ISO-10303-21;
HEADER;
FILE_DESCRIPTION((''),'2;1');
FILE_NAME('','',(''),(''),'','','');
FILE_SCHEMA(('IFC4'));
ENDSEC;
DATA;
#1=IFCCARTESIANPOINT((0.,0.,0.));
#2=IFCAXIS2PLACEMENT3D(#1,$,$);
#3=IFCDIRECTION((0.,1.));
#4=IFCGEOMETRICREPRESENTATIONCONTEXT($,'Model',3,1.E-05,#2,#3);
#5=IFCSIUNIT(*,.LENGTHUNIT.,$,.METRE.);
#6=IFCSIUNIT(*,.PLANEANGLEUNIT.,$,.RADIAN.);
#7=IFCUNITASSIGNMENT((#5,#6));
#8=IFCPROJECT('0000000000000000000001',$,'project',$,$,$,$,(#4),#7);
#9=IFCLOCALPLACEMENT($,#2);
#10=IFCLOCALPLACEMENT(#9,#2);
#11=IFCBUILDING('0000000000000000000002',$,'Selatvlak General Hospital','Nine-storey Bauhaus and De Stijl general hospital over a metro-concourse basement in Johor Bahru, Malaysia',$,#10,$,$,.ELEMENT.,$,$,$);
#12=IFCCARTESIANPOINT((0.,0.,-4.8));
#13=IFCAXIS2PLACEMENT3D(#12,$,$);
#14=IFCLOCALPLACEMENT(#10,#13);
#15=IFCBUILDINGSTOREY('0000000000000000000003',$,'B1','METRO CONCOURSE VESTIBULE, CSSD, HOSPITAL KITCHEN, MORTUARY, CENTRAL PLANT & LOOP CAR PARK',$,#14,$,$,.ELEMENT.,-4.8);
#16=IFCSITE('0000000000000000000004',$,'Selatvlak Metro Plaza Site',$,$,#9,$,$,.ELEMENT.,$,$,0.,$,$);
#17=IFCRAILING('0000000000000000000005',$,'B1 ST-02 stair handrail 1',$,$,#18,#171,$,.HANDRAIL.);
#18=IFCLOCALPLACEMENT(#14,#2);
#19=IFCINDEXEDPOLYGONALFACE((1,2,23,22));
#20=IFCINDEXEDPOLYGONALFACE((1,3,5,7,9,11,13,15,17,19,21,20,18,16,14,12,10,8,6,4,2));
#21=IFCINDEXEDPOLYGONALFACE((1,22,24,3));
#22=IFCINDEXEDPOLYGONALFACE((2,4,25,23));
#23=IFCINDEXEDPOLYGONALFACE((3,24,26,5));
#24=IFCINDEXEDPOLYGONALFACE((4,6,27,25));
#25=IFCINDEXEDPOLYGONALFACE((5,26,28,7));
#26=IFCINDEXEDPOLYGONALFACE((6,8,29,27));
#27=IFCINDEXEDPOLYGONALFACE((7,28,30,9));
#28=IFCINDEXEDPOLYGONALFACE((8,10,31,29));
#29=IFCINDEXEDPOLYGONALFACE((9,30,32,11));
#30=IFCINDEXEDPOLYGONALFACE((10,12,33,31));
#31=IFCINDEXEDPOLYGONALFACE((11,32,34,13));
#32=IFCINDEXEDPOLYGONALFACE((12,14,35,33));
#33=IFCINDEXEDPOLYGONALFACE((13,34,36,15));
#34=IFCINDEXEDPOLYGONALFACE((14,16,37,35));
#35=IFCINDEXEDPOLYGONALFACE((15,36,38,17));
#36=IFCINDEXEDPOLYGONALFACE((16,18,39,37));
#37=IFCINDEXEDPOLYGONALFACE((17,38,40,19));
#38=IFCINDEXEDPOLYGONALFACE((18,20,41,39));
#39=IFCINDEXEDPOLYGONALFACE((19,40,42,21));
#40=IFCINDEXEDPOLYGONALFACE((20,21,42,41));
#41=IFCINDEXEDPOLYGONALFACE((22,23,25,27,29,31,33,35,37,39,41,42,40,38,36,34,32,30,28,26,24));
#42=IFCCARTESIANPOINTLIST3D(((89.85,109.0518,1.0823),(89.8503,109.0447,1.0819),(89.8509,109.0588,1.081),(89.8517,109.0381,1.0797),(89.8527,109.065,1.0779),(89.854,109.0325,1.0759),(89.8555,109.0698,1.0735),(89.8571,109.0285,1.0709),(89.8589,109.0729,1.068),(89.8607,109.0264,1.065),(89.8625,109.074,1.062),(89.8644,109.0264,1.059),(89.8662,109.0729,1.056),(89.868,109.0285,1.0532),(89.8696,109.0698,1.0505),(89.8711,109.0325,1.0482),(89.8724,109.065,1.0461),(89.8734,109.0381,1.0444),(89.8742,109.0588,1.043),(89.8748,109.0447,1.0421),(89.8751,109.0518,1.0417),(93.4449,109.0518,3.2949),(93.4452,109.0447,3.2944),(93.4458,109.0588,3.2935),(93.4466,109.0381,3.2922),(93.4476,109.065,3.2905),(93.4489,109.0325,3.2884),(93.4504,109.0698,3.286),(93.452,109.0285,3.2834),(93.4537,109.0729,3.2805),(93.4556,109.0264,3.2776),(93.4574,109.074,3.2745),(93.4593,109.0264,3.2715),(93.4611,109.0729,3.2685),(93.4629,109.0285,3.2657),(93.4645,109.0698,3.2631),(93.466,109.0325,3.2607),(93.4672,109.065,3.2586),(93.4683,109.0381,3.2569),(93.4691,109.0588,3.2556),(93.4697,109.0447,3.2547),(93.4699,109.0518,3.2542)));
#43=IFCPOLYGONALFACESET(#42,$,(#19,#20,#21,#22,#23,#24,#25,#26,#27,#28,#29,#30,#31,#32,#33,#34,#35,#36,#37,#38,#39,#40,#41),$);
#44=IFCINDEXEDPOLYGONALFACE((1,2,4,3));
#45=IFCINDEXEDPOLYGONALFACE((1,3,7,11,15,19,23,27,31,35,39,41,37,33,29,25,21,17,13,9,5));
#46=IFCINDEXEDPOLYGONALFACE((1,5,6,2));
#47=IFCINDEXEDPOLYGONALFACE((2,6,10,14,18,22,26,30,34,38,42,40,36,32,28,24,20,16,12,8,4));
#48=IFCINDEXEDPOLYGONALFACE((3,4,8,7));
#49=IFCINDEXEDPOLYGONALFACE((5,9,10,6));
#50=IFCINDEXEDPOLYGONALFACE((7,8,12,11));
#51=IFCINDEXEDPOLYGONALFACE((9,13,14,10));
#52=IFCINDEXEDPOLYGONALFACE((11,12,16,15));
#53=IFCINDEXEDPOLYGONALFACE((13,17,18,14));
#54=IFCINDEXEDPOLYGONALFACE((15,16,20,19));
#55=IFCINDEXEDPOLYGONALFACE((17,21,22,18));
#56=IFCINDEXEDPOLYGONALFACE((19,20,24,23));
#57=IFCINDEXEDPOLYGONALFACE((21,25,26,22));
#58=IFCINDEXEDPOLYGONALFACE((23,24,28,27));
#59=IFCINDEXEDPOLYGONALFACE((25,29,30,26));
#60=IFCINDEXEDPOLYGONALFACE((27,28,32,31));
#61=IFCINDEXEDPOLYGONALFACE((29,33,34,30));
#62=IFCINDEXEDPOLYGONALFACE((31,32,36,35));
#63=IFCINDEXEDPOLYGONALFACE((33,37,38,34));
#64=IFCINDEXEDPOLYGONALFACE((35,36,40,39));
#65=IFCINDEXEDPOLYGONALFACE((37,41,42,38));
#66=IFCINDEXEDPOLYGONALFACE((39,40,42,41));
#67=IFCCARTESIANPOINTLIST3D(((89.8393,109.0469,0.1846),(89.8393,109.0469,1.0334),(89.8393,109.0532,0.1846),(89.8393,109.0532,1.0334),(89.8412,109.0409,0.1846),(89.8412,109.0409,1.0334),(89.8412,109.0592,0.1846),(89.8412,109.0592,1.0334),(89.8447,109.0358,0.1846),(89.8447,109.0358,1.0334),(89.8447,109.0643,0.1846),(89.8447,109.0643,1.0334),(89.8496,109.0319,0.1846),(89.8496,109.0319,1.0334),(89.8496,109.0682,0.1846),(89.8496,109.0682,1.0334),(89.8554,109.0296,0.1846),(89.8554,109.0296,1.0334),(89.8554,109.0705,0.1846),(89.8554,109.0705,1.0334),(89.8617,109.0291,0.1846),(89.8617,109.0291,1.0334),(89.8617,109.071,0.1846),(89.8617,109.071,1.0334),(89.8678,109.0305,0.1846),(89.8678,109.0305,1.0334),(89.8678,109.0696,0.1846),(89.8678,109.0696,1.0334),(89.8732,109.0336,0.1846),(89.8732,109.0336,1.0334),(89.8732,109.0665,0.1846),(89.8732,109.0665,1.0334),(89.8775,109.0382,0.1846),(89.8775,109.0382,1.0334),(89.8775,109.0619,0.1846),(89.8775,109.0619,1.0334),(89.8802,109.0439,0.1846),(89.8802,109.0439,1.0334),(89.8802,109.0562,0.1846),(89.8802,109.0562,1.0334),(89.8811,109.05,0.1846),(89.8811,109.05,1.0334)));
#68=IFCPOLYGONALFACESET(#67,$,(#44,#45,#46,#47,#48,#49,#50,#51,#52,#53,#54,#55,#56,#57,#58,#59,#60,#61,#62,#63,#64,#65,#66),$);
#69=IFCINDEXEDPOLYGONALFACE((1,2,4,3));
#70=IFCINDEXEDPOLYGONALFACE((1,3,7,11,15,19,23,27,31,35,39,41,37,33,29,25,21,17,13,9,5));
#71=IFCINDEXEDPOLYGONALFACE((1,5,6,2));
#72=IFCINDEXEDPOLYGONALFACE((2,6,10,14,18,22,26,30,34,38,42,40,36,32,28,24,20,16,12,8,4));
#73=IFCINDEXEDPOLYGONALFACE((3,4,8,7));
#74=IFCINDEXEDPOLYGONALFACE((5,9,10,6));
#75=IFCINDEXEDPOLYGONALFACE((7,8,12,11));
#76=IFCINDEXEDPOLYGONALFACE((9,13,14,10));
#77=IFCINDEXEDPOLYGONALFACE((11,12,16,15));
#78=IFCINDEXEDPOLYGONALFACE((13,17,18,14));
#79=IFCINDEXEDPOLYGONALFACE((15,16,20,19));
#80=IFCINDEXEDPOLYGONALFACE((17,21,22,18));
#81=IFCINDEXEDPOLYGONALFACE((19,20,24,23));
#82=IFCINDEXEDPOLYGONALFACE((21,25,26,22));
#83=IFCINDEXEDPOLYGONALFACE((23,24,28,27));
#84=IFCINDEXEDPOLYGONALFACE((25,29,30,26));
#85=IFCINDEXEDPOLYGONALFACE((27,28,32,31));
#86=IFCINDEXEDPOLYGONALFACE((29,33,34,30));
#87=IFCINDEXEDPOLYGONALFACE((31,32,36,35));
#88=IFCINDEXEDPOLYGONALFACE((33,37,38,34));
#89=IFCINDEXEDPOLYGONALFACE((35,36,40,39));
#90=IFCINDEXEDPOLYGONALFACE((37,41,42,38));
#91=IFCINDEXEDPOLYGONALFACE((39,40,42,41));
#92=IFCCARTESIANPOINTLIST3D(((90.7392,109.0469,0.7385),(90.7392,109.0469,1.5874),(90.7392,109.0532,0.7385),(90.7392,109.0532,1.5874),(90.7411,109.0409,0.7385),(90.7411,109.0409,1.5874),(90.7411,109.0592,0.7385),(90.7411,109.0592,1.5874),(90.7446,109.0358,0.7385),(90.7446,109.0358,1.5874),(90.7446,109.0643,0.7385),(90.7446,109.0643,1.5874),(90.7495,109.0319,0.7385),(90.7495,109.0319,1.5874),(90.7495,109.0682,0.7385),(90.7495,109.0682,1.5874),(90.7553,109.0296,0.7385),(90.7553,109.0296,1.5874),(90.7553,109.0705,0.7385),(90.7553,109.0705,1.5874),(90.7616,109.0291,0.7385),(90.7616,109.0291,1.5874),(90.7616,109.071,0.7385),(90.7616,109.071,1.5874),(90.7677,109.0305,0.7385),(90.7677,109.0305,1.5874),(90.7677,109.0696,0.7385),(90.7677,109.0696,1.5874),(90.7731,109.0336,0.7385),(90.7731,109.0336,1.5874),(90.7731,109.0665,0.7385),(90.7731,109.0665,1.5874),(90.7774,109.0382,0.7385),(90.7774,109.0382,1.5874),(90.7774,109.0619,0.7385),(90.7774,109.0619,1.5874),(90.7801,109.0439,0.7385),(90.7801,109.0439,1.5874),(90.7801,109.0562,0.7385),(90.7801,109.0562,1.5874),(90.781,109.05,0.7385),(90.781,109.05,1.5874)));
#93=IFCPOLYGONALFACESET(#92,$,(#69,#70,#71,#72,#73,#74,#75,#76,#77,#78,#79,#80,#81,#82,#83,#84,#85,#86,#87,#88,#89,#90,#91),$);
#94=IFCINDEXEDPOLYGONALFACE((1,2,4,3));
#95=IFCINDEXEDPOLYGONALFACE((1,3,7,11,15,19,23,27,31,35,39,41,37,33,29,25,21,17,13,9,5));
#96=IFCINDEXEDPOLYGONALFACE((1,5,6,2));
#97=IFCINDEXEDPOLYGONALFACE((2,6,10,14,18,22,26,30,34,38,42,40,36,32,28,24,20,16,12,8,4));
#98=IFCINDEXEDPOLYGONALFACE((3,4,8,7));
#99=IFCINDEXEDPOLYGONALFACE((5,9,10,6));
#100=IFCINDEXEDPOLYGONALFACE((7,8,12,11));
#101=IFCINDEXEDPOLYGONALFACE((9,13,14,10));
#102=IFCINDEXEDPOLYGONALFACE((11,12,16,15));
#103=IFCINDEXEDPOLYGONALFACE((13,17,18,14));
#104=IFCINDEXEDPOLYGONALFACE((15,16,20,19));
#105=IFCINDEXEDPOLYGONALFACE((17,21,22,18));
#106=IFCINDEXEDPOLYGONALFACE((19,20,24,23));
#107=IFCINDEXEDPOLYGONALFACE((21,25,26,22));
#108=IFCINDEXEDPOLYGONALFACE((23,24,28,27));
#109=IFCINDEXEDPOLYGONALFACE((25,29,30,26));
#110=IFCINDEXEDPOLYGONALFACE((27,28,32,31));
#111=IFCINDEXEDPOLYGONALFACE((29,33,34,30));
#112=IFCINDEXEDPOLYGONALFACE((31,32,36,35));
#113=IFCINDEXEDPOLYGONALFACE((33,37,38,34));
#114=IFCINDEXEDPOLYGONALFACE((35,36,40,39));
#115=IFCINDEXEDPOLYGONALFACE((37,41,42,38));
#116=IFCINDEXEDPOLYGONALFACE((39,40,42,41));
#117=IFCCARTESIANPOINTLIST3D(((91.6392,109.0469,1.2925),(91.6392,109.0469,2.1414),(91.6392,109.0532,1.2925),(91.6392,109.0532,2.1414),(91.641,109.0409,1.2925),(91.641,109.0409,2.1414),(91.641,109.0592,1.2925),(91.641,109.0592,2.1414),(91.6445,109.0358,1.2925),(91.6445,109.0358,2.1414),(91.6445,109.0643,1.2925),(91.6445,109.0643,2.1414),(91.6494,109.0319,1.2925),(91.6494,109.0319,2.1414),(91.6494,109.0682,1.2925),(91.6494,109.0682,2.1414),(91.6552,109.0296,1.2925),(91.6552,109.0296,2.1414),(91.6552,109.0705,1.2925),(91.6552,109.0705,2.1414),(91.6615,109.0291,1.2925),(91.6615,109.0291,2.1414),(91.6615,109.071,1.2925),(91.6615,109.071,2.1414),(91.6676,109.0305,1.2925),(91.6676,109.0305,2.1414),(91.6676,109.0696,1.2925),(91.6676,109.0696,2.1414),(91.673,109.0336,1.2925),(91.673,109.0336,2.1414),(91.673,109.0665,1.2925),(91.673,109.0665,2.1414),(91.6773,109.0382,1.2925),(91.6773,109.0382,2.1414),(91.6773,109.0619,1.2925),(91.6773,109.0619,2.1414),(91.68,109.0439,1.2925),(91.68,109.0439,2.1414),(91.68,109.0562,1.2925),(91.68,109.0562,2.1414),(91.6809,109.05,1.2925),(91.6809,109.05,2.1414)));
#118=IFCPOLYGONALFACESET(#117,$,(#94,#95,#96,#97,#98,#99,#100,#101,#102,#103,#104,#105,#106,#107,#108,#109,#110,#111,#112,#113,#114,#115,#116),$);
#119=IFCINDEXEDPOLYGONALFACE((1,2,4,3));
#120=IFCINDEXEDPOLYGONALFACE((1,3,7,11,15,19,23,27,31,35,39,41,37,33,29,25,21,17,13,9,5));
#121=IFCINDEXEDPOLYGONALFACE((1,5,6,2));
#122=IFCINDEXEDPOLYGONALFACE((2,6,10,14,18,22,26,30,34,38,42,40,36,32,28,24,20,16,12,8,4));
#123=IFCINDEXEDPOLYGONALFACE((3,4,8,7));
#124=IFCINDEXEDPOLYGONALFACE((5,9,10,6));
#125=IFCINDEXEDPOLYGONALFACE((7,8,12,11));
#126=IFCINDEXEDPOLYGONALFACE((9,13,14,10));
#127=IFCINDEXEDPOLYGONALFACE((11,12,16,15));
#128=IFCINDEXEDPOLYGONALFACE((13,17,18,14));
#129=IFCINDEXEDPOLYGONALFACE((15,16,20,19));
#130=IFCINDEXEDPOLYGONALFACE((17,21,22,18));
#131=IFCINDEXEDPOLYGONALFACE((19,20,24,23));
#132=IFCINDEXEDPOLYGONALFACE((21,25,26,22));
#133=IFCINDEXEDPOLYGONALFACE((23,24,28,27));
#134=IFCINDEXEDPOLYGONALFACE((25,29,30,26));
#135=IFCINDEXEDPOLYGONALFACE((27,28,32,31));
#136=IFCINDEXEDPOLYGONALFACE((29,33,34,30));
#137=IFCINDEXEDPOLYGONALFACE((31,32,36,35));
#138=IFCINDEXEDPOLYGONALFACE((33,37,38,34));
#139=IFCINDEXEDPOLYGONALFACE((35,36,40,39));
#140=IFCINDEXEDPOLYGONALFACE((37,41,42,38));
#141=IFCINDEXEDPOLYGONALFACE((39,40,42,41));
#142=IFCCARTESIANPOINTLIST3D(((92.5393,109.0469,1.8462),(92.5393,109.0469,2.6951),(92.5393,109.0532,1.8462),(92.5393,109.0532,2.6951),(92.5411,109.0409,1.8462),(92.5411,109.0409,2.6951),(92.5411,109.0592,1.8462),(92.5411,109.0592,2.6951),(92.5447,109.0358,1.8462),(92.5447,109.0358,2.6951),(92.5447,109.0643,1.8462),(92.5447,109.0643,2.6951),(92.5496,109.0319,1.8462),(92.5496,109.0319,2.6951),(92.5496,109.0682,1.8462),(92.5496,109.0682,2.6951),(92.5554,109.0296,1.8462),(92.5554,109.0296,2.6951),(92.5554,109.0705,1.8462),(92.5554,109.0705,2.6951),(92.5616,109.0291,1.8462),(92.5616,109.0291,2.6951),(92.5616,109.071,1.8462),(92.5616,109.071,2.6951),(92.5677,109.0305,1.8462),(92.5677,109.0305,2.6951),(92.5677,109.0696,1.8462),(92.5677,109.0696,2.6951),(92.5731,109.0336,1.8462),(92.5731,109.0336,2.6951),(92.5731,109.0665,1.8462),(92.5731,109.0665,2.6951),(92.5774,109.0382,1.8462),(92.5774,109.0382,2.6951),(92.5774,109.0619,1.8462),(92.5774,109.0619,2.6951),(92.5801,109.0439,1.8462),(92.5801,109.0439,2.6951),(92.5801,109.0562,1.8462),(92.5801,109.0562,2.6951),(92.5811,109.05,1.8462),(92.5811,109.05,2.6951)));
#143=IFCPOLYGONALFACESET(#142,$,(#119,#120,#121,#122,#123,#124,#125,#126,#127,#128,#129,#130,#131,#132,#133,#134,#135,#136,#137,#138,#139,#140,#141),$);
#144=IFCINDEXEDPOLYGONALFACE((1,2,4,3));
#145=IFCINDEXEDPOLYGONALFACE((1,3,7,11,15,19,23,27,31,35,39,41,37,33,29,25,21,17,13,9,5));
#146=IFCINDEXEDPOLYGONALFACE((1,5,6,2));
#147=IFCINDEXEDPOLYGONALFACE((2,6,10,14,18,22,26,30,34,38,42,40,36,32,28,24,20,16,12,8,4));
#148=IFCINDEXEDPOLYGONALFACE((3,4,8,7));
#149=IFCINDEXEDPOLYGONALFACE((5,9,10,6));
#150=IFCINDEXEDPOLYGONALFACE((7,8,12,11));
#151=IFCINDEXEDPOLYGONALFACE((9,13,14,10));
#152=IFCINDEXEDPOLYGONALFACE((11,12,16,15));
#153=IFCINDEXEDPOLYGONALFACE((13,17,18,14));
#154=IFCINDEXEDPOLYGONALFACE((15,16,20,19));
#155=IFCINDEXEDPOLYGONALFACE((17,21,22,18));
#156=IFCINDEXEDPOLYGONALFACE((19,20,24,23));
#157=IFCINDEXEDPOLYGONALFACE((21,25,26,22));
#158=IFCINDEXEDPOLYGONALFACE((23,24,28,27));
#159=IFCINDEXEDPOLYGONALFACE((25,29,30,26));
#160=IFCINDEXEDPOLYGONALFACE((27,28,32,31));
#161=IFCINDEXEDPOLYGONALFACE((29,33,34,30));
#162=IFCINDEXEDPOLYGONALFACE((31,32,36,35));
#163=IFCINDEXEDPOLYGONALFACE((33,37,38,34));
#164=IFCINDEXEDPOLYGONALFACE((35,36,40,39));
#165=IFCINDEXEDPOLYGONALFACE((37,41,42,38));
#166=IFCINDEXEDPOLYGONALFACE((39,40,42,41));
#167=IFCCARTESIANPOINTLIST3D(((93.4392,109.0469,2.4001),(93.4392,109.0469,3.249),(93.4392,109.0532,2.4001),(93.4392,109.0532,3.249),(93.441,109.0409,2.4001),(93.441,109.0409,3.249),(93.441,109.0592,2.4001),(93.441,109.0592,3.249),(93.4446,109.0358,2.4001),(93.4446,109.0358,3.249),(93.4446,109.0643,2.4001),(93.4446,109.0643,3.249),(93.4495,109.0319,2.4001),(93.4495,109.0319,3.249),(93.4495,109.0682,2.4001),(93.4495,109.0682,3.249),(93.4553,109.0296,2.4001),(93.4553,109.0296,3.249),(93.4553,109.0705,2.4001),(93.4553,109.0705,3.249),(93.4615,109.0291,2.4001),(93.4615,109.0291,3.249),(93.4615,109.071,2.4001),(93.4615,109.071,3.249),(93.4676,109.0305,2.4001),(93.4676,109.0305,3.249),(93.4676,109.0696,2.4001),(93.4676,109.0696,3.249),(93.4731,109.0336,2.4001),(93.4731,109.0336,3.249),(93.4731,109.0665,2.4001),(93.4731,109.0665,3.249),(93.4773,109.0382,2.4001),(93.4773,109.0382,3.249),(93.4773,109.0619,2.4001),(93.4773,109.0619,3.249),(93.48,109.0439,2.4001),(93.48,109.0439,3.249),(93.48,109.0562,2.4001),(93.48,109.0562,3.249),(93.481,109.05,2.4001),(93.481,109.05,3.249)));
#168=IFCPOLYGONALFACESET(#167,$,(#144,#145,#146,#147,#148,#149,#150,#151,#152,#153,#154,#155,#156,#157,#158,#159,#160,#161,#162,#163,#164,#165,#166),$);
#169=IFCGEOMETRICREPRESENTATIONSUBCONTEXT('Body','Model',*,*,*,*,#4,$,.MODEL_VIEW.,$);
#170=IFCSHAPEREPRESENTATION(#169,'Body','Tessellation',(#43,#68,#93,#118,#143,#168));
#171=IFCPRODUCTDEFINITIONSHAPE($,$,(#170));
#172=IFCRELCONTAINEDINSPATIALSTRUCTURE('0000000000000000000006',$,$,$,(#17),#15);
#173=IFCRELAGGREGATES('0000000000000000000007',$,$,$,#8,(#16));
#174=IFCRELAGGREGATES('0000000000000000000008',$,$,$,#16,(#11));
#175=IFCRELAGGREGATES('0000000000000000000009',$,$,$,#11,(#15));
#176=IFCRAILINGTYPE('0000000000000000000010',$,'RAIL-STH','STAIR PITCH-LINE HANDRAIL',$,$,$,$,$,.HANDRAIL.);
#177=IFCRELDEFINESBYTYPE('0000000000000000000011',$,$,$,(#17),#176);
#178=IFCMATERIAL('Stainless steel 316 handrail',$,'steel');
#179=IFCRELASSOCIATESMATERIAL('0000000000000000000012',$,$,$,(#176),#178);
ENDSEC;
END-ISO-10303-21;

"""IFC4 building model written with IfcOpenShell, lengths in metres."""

from ifc_helpers import new_model, si_unit, direction, frame, origin, origin_2d, place, context, subcontext, project, spatial, circle, extrude, material, type_object, element, save


model = new_model("IFC4")

# Units and contexts
model_context = context("Model", 3, precision=1e-05, world=origin(), true_north=direction((0.0, 1.0)))
body_context = subcontext(model_context, "Body", "Model", "MODEL_VIEW")
ifc_project = project(units=[si_unit("LENGTHUNIT", "METRE"), si_unit("PLANEANGLEUNIT", "RADIAN")], contexts=[model_context])

# Site, building, storey
site_placement = place(None, origin())
site = spatial("IfcSite", under=ifc_project, at=site_placement, Name="Selatvlak Metro Plaza Site", CompositionType="ELEMENT", RefElevation=0.0)
building_placement = place(site_placement, origin())
building = spatial("IfcBuilding", under=site, at=building_placement, Name="Selatvlak General Hospital", Description="Nine-storey Bauhaus and De Stijl general hospital over a metro-concourse basement in Johor Bahru, Malaysia", CompositionType="ELEMENT")
storey_placement = place(building_placement, frame((0.0, 0.0, -4.8)))
storey = spatial("IfcBuildingStorey", under=building, at=storey_placement, Name="B1", Description="METRO CONCOURSE VESTIBULE, CSSD, HOSPITAL KITCHEN, MORTUARY, CENTRAL PLANT & LOOP CAR PARK", CompositionType="ELEMENT", Elevation=-4.8)

# Railing
ifc_material_1 = material(Name="Stainless steel 316 handrail", Category="steel")
railing_type_1 = type_object("IfcRailingType", Name="RAIL-STH", Description="STAIR PITCH-LINE HANDRAIL", PredefinedType="HANDRAIL", material=ifc_material_1)
railing_1_placement = place(storey_placement, frame((89.8601, 109.05, 0.1846)))
element("IfcRailing", 1, at=railing_1_placement, inside=storey, type_object=railing_type_1, Name="B1 ST-02 stair handrail 1", PredefinedType="HANDRAIL", context=body_context, shape_type="SweptSolid", body=[
    extrude(circle(Radius=0.0239, at=origin_2d()), frame((0.0024, 0.0, 0.8774), z_axis=(0.851629, 0.0, 0.524146), x_axis=(0.0, 1.0, 0.0)), (0.0, 0.0, 1.0), 4.2212),
    extrude(circle(Radius=0.021, at=origin_2d()), origin(), (0.0, 0.0, 1.0), 0.8489),
    extrude(circle(Radius=0.021, at=origin_2d()), frame((0.8999, 0.0, 0.554)), (0.0, 0.0, 1.0), 0.8489),
    extrude(circle(Radius=0.021, at=origin_2d()), frame((1.7998, 0.0, 1.1079)), (0.0, 0.0, 1.0), 0.8489),
    extrude(circle(Radius=0.021, at=origin_2d()), frame((2.7, 0.0, 1.6616)), (0.0, 0.0, 1.0), 0.8489),
    extrude(circle(Radius=0.021, at=origin_2d()), frame((3.5999, 0.0, 2.2156)), (0.0, 0.0, 1.0), 0.8489),
])

save(model, "model.ifc")
